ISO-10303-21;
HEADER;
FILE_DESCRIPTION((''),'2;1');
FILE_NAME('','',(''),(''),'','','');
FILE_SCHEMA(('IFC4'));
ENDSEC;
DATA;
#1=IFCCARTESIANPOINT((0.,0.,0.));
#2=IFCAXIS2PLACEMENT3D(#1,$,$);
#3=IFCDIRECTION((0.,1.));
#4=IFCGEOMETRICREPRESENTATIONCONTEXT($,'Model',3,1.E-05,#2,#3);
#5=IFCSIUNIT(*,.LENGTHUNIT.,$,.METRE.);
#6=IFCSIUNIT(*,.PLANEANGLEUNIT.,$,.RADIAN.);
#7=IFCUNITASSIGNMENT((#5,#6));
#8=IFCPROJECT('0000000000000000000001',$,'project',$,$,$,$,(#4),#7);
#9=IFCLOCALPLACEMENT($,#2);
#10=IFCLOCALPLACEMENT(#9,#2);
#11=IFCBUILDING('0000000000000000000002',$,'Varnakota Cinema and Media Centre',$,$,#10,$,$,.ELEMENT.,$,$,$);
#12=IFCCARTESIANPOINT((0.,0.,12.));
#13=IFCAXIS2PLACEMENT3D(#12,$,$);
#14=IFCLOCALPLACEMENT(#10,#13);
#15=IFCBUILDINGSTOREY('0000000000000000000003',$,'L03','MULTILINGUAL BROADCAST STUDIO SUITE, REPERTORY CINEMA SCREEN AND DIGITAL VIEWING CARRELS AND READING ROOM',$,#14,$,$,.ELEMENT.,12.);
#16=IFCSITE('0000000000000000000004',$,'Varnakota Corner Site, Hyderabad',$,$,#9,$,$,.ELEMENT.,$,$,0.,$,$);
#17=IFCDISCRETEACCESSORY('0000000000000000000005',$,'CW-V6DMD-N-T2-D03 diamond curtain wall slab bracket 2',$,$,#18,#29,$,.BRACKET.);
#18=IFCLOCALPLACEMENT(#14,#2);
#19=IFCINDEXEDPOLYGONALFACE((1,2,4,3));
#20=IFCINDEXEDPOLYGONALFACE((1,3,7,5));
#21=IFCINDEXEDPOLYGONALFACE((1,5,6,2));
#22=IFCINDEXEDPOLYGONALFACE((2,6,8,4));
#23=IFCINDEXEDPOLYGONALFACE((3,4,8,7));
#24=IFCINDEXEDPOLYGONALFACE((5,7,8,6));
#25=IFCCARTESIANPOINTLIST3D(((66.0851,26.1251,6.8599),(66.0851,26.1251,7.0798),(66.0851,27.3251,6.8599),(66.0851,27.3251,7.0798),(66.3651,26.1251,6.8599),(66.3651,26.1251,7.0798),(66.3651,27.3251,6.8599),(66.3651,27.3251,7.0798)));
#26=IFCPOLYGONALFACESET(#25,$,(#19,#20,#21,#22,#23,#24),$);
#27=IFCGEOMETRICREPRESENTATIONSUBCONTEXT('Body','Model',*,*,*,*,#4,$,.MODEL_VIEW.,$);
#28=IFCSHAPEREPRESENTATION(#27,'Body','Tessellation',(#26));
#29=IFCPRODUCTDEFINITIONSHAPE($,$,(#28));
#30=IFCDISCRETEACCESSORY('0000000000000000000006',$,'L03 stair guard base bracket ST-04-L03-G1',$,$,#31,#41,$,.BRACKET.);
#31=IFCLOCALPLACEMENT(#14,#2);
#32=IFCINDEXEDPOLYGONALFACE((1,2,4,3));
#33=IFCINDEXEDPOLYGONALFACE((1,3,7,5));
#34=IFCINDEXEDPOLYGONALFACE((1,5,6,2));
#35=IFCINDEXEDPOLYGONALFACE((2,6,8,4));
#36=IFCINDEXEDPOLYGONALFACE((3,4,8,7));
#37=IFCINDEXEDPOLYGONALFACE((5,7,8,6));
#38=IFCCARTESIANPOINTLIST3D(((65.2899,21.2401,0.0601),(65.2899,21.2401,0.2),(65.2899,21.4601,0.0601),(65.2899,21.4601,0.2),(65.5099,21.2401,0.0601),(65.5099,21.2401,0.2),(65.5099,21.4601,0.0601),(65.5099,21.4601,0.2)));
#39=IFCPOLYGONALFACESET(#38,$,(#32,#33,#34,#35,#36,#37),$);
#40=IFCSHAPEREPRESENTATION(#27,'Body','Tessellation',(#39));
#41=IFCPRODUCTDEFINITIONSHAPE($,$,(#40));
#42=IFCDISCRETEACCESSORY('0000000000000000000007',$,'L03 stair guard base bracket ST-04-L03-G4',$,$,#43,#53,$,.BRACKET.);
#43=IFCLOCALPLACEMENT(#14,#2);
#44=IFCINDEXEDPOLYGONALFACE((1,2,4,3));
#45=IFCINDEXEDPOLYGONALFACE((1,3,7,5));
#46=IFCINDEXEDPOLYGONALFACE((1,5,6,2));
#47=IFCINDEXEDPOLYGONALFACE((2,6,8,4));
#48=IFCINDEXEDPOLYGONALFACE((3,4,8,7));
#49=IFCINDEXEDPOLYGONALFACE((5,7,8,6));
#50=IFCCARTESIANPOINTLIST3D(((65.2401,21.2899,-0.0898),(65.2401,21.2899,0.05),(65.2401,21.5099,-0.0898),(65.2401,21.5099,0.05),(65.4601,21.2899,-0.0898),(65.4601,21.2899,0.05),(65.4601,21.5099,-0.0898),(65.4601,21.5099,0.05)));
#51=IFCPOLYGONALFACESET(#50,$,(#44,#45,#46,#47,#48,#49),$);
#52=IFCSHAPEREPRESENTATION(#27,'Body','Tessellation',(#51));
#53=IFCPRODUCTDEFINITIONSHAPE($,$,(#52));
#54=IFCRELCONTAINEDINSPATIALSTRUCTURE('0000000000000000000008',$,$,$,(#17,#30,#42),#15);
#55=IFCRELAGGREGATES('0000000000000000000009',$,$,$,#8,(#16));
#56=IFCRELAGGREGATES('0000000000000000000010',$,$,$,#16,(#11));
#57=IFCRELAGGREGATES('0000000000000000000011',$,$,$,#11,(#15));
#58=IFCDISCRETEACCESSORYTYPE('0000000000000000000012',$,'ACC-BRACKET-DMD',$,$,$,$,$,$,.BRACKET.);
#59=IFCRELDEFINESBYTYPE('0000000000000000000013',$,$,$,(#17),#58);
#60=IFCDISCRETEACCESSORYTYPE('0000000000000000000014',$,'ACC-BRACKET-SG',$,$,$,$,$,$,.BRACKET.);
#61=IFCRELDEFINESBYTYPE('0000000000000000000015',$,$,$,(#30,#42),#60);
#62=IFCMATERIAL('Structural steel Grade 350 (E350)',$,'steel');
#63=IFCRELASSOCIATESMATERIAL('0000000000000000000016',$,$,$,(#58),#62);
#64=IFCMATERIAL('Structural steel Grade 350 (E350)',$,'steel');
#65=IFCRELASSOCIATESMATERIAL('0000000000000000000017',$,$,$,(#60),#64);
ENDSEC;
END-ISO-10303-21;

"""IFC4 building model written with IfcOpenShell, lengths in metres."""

from ifc_helpers import new_model, si_unit, direction, frame, origin, origin_2d, place, context, subcontext, project, spatial, rectangle, extrude, material, type_object, element, save


model = new_model("IFC4")

# Units and contexts
model_context = context("Model", 3, precision=1e-05, world=origin(), true_north=direction((0.0, 1.0)))
body_context = subcontext(model_context, "Body", "Model", "MODEL_VIEW")
ifc_project = project(units=[si_unit("LENGTHUNIT", "METRE"), si_unit("PLANEANGLEUNIT", "RADIAN")], contexts=[model_context])

# Site, building, storey
site_placement = place(None, origin())
site = spatial("IfcSite", under=ifc_project, at=site_placement, Name="Varnakota Corner Site, Hyderabad", CompositionType="ELEMENT", RefElevation=0.0)
building_placement = place(site_placement, origin())
building = spatial("IfcBuilding", under=site, at=building_placement, Name="Varnakota Cinema and Media Centre", CompositionType="ELEMENT")
storey_placement = place(building_placement, frame((0.0, 0.0, 12.0)))
storey = spatial("IfcBuildingStorey", under=building, at=storey_placement, Name="L03", Description="MULTILINGUAL BROADCAST STUDIO SUITE, REPERTORY CINEMA SCREEN AND DIGITAL VIEWING CARRELS AND READING ROOM", CompositionType="ELEMENT", Elevation=12.0)

# Discrete accessories
ifc_material_1 = material(Name="Structural steel Grade 350 (E350)", Category="steel")
discrete_accessory_type_1 = type_object("IfcDiscreteAccessoryType", Name="ACC-BRACKET-DMD", PredefinedType="BRACKET", material=ifc_material_1)
for number, where, z_axis, x_axis, name in (
    (1, (66.2251, 26.7251, 6.8599), (0.0, 0.0, 1.0), (1.0, 0.0, 0.0), "CW-V6DMD-N-T2-D03 diamond curtain wall slab bracket 2"),
):
    element("IfcDiscreteAccessory", number, at=place(storey_placement, frame(where, z_axis=z_axis, x_axis=x_axis)), inside=storey, type_object=discrete_accessory_type_1, Name=name, PredefinedType="BRACKET", context=body_context, shape_type="SweptSolid", body=[
        extrude(rectangle(XDim=0.28, YDim=1.2, at=origin_2d()), origin(), (0.0, 0.0, 1.0), 0.22),
    ])
ifc_material_2 = material(Name="Structural steel Grade 350 (E350)", Category="steel")
discrete_accessory_type_2 = type_object("IfcDiscreteAccessoryType", Name="ACC-BRACKET-SG", PredefinedType="BRACKET", material=ifc_material_2)
for number, where, z_axis, x_axis, name in (
    (2, (65.3999, 21.3501, 0.0601), (0.0, 0.0, 1.0), (1.0, 0.0, 0.0), "L03 stair guard base bracket ST-04-L03-G1"),
    (3, (65.3501, 21.3999, -0.0898), (0.0, 0.0, 1.0), (1.0, 0.0, 0.0), "L03 stair guard base bracket ST-04-L03-G4"),
):
    element("IfcDiscreteAccessory", number, at=place(storey_placement, frame(where, z_axis=z_axis, x_axis=x_axis)), inside=storey, type_object=discrete_accessory_type_2, Name=name, PredefinedType="BRACKET", context=body_context, shape_type="SweptSolid", body=[
        extrude(rectangle(XDim=0.22, YDim=0.22, at=origin_2d()), origin(), (0.0, 0.0, 1.0), 0.1399),
    ])

save(model, "model.ifc")
